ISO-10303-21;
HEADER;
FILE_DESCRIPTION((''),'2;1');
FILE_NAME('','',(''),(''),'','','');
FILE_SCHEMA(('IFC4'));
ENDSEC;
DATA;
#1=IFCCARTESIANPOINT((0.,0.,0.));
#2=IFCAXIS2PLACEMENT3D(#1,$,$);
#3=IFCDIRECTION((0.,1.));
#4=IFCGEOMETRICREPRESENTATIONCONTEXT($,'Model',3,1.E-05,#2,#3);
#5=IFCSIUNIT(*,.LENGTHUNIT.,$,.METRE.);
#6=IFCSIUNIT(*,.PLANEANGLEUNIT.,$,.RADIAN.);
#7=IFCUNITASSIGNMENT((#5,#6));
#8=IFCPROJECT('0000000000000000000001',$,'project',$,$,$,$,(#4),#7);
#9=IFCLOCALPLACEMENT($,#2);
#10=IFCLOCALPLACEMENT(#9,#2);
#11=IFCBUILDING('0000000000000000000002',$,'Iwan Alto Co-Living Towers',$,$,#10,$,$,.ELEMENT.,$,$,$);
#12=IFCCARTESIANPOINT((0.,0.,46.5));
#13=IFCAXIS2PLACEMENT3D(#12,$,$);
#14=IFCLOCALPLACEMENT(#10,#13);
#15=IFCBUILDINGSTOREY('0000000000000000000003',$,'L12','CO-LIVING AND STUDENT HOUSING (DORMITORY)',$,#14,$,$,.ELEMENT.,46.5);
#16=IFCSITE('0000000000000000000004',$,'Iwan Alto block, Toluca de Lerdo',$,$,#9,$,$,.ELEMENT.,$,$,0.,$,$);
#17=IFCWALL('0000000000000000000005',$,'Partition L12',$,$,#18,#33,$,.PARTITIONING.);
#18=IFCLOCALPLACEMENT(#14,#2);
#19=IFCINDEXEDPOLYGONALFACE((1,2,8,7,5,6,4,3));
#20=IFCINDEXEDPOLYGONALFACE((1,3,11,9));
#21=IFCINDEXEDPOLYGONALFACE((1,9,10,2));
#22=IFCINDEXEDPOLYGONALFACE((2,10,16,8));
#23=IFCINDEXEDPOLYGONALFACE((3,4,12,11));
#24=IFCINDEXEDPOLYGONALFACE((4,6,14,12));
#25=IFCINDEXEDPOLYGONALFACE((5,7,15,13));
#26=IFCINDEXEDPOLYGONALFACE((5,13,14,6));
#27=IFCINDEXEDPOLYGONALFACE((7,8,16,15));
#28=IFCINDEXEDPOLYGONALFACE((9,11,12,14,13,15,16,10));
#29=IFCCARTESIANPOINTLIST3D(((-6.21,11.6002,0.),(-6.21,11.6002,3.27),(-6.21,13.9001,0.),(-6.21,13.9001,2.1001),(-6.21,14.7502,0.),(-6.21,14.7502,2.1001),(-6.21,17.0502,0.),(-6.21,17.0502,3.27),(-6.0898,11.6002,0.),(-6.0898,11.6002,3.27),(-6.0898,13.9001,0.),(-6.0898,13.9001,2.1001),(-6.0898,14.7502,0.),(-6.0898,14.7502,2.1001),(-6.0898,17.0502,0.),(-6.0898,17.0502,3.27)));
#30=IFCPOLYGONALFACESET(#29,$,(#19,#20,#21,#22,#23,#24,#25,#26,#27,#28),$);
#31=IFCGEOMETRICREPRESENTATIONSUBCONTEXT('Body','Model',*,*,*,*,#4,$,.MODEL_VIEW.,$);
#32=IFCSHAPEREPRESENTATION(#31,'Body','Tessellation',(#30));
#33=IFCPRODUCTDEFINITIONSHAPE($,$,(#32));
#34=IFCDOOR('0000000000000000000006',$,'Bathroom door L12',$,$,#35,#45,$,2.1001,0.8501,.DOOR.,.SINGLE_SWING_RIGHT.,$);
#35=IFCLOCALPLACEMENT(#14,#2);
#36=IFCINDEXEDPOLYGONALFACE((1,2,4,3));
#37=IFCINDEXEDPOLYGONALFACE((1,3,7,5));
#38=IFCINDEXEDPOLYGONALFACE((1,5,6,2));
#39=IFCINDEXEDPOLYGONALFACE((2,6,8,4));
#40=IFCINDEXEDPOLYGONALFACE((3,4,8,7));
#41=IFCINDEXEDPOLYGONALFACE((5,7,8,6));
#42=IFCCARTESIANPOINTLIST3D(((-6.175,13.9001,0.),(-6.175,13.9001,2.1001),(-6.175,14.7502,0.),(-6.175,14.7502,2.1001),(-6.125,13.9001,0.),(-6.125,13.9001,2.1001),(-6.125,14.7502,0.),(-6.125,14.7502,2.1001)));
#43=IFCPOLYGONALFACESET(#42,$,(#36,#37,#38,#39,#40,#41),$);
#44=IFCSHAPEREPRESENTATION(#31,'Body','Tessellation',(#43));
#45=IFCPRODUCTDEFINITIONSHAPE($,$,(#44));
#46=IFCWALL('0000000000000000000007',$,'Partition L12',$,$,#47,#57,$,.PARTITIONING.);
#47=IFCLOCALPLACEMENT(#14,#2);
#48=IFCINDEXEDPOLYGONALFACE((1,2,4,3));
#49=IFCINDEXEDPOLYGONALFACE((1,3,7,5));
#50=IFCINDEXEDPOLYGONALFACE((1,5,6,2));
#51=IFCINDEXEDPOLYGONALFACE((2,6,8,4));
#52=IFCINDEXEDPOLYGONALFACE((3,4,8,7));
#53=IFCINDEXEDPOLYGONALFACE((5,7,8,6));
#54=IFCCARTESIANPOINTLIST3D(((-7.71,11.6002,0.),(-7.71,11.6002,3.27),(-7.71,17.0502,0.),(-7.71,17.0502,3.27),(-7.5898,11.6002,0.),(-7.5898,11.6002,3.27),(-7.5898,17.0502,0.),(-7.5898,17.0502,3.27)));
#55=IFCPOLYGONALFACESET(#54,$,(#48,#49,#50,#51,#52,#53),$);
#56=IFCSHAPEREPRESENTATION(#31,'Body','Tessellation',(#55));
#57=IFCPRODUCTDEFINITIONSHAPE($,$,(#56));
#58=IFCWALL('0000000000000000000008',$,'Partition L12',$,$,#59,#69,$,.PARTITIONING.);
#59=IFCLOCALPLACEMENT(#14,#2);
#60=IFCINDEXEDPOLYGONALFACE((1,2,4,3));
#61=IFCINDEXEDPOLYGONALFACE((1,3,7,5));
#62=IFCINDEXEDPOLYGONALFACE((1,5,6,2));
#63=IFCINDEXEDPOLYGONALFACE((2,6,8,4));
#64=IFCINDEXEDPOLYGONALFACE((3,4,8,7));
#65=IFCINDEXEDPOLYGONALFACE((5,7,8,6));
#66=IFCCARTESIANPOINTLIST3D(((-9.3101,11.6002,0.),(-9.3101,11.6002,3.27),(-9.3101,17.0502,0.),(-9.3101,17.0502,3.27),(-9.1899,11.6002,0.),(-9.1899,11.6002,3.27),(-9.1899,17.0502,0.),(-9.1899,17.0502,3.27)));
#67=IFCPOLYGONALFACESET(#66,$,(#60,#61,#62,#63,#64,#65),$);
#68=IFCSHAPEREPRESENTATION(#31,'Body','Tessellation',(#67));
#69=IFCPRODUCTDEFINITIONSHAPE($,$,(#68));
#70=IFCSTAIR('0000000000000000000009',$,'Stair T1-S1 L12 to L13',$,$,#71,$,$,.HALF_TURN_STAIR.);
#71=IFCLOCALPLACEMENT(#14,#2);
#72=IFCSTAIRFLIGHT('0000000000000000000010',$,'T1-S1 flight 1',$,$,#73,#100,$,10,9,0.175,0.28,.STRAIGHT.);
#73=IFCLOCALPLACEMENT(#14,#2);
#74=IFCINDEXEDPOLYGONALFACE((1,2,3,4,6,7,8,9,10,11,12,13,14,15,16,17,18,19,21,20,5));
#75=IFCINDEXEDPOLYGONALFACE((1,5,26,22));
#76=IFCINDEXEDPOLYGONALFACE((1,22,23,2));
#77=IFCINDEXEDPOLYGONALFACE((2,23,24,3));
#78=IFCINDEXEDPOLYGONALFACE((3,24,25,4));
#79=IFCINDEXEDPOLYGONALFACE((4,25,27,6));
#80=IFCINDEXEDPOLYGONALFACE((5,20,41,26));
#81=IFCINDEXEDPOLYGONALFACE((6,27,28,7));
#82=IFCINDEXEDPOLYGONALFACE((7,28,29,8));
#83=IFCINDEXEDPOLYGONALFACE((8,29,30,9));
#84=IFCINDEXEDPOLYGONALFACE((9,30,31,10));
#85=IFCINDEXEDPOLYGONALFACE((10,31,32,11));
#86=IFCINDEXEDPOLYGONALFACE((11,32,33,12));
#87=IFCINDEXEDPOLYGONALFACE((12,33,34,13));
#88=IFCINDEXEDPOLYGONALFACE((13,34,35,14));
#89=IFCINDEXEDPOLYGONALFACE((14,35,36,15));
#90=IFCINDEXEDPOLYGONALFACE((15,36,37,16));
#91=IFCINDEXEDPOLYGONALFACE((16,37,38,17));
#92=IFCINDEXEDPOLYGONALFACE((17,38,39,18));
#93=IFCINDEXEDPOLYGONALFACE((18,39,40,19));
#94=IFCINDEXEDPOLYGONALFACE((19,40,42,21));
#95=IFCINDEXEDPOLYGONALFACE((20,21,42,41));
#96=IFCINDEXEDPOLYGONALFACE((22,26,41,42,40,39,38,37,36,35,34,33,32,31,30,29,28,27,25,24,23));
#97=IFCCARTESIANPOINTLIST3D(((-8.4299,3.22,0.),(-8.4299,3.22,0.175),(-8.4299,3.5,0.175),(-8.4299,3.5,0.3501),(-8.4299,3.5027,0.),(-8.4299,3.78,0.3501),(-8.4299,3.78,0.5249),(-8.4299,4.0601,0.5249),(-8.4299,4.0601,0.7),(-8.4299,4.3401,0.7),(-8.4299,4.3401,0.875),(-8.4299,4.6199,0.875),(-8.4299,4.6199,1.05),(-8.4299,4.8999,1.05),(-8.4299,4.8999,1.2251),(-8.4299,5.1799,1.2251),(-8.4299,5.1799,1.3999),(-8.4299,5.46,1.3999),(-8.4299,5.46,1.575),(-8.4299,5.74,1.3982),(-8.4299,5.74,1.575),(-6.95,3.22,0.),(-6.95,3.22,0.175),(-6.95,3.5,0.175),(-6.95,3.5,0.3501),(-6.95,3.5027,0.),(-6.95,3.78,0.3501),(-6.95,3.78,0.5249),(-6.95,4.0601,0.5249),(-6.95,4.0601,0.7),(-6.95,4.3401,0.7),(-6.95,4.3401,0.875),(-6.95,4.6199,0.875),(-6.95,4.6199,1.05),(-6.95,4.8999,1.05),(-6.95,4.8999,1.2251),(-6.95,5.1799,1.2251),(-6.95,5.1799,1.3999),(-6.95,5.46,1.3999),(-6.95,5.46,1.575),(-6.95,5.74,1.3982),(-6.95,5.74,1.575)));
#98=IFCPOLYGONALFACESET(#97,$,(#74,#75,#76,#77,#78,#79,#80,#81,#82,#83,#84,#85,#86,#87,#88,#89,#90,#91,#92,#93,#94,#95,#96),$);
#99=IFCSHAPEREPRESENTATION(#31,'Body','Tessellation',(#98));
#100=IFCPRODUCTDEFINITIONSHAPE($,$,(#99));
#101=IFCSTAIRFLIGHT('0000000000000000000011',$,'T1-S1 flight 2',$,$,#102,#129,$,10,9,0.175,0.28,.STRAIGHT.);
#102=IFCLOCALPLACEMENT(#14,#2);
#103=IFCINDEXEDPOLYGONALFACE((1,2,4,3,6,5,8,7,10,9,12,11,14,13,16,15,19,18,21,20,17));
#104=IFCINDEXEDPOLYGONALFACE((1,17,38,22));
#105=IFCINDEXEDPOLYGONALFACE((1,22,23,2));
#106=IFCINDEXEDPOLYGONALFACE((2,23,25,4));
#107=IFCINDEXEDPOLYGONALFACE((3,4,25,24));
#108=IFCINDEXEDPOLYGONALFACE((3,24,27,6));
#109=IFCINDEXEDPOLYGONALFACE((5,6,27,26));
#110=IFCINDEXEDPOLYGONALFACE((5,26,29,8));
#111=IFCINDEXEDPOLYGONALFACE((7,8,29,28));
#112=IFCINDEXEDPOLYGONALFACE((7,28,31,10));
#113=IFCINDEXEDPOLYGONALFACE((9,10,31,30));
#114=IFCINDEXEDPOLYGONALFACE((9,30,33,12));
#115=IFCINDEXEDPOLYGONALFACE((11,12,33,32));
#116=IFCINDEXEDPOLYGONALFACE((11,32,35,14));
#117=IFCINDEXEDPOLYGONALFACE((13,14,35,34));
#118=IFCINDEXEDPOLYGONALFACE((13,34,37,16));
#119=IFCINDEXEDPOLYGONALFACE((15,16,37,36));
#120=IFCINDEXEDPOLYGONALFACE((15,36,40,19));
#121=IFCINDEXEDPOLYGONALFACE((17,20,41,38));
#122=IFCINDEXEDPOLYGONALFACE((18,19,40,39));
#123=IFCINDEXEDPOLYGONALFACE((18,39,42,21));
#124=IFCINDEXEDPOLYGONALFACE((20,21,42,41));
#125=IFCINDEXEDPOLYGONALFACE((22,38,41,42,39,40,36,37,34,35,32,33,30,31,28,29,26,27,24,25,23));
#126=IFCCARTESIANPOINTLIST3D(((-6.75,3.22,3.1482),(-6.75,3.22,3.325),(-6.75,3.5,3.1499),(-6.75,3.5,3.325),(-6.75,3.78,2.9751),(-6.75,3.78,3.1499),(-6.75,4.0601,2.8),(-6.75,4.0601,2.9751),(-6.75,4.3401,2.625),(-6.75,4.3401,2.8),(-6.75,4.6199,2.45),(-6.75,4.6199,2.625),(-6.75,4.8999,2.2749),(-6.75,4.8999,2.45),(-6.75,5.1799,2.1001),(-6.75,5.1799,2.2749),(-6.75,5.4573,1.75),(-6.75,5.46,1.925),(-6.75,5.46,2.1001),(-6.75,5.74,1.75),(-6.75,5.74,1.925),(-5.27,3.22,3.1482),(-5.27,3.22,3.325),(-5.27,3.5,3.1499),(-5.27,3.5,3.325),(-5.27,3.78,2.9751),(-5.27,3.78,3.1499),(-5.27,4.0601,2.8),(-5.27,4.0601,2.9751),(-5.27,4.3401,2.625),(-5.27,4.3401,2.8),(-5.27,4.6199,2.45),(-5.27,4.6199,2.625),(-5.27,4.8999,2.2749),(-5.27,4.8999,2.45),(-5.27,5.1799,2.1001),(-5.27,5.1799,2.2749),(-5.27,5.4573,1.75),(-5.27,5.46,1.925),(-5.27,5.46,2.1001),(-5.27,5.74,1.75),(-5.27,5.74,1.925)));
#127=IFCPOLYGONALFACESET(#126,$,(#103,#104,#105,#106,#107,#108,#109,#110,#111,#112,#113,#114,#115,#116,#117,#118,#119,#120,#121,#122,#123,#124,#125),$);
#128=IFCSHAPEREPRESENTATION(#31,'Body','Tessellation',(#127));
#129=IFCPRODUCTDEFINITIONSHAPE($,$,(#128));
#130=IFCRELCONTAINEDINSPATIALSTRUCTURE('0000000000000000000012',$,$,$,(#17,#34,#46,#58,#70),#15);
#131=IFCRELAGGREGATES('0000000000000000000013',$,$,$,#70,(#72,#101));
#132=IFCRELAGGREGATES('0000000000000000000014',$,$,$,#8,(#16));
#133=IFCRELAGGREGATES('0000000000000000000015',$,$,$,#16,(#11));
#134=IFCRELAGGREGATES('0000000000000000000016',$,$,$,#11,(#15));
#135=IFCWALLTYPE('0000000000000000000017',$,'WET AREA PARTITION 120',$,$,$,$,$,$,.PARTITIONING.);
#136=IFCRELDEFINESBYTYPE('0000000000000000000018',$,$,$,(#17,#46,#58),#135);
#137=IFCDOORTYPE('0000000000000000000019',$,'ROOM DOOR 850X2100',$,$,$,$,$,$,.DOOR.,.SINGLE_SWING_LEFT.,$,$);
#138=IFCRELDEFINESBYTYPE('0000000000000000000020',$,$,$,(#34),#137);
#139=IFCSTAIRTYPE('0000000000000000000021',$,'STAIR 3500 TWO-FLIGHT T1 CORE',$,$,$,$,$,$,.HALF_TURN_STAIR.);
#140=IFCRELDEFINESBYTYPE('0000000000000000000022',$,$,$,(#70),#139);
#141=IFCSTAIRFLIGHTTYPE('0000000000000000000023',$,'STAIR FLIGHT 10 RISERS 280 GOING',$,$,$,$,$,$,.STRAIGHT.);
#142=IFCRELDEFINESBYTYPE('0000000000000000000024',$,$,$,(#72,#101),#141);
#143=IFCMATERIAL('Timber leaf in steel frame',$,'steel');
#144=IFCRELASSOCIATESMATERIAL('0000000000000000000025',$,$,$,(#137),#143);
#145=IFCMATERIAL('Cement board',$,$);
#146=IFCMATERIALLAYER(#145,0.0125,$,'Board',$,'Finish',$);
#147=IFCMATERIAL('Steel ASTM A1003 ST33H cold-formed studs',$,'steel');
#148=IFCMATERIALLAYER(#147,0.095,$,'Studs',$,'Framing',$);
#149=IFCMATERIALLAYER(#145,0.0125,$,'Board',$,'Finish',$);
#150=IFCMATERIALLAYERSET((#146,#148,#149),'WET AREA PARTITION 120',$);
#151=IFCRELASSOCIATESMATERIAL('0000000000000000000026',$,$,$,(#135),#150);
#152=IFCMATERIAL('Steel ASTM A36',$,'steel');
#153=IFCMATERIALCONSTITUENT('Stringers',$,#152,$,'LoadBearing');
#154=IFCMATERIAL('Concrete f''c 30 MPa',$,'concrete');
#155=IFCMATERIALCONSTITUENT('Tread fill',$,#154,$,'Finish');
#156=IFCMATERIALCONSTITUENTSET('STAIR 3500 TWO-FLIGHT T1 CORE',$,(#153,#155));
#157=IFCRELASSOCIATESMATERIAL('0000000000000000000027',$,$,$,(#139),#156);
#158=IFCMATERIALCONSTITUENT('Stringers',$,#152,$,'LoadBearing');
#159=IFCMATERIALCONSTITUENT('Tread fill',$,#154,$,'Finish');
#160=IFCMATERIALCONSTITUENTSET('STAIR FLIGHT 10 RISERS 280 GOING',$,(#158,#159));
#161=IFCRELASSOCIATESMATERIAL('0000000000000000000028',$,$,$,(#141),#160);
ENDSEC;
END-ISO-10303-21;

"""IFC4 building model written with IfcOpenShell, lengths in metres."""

from ifc_helpers import new_model, si_unit, direction, frame, frame_2d, origin, place, context, subcontext, project, spatial, polyline, rectangle, outline, extrude, material, layer, layer_set, constituent, constituent_set, type_object, element, fill, aggregate, save


model = new_model("IFC4")

# Units and contexts
model_context = context("Model", 3, precision=1e-05, world=origin(), true_north=direction((0.0, 1.0)))
body_context = subcontext(model_context, "Body", "Model", "MODEL_VIEW")
ifc_project = project(units=[si_unit("LENGTHUNIT", "METRE"), si_unit("PLANEANGLEUNIT", "RADIAN")], contexts=[model_context])

# Site, building, storey
site_placement = place(None, origin())
site = spatial("IfcSite", under=ifc_project, at=site_placement, Name="Iwan Alto block, Toluca de Lerdo", CompositionType="ELEMENT", RefElevation=0.0)
building_placement = place(site_placement, origin())
building = spatial("IfcBuilding", under=site, at=building_placement, Name="Iwan Alto Co-Living Towers", CompositionType="ELEMENT")
storey_placement = place(building_placement, frame((0.0, 0.0, 46.5)))
storey = spatial("IfcBuildingStorey", under=building, at=storey_placement, Name="L12", Description="CO-LIVING AND STUDENT HOUSING (DORMITORY)", CompositionType="ELEMENT", Elevation=46.5)

# Shared definitions
ifc_material_1 = material(Name="Steel ASTM A1003 ST33H cold-formed studs", Category="steel")

# Shared definitions
ifc_material_2 = material(Name="Timber leaf in steel frame", Category="steel")
door_type_1 = type_object("IfcDoorType", Name="ROOM DOOR 850X2100", OperationType="SINGLE_SWING_LEFT", PredefinedType="DOOR", material=ifc_material_2)

# Wall, opening, door
ifc_material_3 = material(Name="Cement board")
ifc_layer_1 = layer(ifc_material_3, 0.0125, Name="Board", Category="Finish")
ifc_layer_2 = layer(ifc_material_1, 0.095, Name="Studs", Category="Framing")
ifc_layer_3 = layer(ifc_material_3, 0.0125, Name="Board", Category="Finish")
ifc_layer_set_1 = layer_set([ifc_layer_1, ifc_layer_2, ifc_layer_3], Name="WET AREA PARTITION 120")
wall_type_1 = type_object("IfcWallType", Name="WET AREA PARTITION 120", PredefinedType="PARTITIONING", material=ifc_layer_set_1)
wall_1_placement = place(storey_placement, frame((-6.1499, 11.6001, 0.0), z_axis=(0.0, 0.0, 1.0), x_axis=(0.0, 1.0, 0.0)))
wall_1 = element("IfcWall", 1, at=wall_1_placement, inside=storey, type_object=wall_type_1, Name="Partition L12", PredefinedType="PARTITIONING", context=body_context, shape_type="SweptSolid", body=[
    extrude(rectangle(XDim=5.45, YDim=0.1201, at=frame_2d((2.7251, 0.0))), origin(), (0.0, 0.0, 1.0), 3.27),
])
opening_1_placement = place(wall_1_placement, frame((2.3, 0.0, 0.0)))
opening_1 = element("IfcOpeningElement", 2, at=opening_1_placement, cuts=wall_1, PredefinedType="OPENING", context=body_context, shape_type="SweptSolid", body=[
    extrude(rectangle(XDim=0.8501, YDim=2.1001, at=frame_2d((0.425, 1.05))), frame((0.0, 0.0701, 0.0), z_axis=(0.0, -1.0, 0.0), x_axis=(1.0, 0.0, 0.0)), (0.0, 0.0, 1.0), 0.1401),
])
door_1_placement = place(opening_1_placement, frame((0.8501, 0.0, 0.0), z_axis=(0.0, 0.0, 1.0), x_axis=(-1.0, 0.0, 0.0)))
door_1 = element("IfcDoor", 3, at=door_1_placement, inside=storey, type_object=door_type_1, Name="Bathroom door L12", OperationType="SINGLE_SWING_RIGHT", OverallHeight=2.1001, OverallWidth=0.8501, PredefinedType="DOOR", context=body_context, shape_type="SweptSolid", body=[
    extrude(rectangle(XDim=0.8501, YDim=2.1001, at=frame_2d((0.425, 1.05))), frame((0.0, 0.0249, 0.0), z_axis=(0.0, -1.0, 0.0), x_axis=(1.0, 0.0, 0.0)), (0.0, 0.0, 1.0), 0.05),
])
fill(opening_1, door_1)

# Walls
for number, where, z_axis, x_axis, name in (
    (4, (-7.6499, 11.6001, 0.0), (0.0, 0.0, 1.0), (0.0, 1.0, 0.0), "Partition L12"),
    (5, (-9.25, 11.6001, 0.0), (0.0, 0.0, 1.0), (0.0, 1.0, 0.0), "Partition L12"),
):
    element("IfcWall", number, at=place(storey_placement, frame(where, z_axis=z_axis, x_axis=x_axis)), inside=storey, type_object=wall_type_1, Name=name, PredefinedType="PARTITIONING", context=body_context, shape_type="SweptSolid", body=[
        extrude(rectangle(XDim=5.45, YDim=0.1201, at=frame_2d((2.7251, 0.0))), origin(), (0.0, 0.0, 1.0), 3.27),
    ])

# Stair, stair flights
ifc_material_4 = material(Name="Steel ASTM A36", Category="steel")
ifc_constituent_1 = constituent(ifc_material_4, Name="Stringers", Category="LoadBearing")
ifc_material_5 = material(Name="Concrete f'c 30 MPa", Category="concrete")
ifc_constituent_2 = constituent(ifc_material_5, Name="Tread fill", Category="Finish")
ifc_constituent_set_1 = constituent_set(constituents=[ifc_constituent_1, ifc_constituent_2], Name="STAIR 3500 TWO-FLIGHT T1 CORE")
stair_type = type_object("IfcStairType", Name="STAIR 3500 TWO-FLIGHT T1 CORE", PredefinedType="HALF_TURN_STAIR", material=ifc_constituent_set_1)
stair_placement = place(storey_placement, origin())
stair = element("IfcStair", 6, at=stair_placement, inside=storey, type_object=stair_type, Name="Stair T1-S1 L12 to L13", PredefinedType="HALF_TURN_STAIR")
ifc_constituent_3 = constituent(ifc_material_4, Name="Stringers", Category="LoadBearing")
ifc_constituent_4 = constituent(ifc_material_5, Name="Tread fill", Category="Finish")
ifc_constituent_set_2 = constituent_set(constituents=[ifc_constituent_3, ifc_constituent_4], Name="STAIR FLIGHT 10 RISERS 280 GOING")
stair_flight_type = type_object("IfcStairFlightType", Name="STAIR FLIGHT 10 RISERS 280 GOING", PredefinedType="STRAIGHT", material=ifc_constituent_set_2)
stair_flight_1_placement = place(storey_placement, frame((-7.6899, 3.22, 0.0), z_axis=(0.0, 0.0, 1.0), x_axis=(0.0, 1.0, 0.0)))
stair_flight_1 = element("IfcStairFlight", 7, at=stair_flight_1_placement, type_object=stair_flight_type, Name="T1-S1 flight 1", NumberOfRisers=10, NumberOfTreads=9, PredefinedType="STRAIGHT", RiserHeight=0.175, TreadLength=0.28, context=body_context, shape_type="SweptSolid", body=[
    extrude(outline(polyline([(0.0, 0.0), (0.0, 0.175), (0.28, 0.175), (0.28, 0.3501), (0.5601, 0.3501), (0.5601, 0.5249), (0.8401, 0.5249), (0.8401, 0.7), (1.1201, 0.7), (1.1201, 0.875), (1.3999, 0.875), (1.3999, 1.05), (1.6799, 1.05), (1.6799, 1.2251), (1.96, 1.2251), (1.96, 1.3999), (2.24, 1.3999), (2.24, 1.575), (2.52, 1.575), (2.52, 1.75), (2.52, 1.3982), (0.2827, 0.0), (0.0, 0.0)])), frame((0.0, 0.74, 0.0), z_axis=(0.0, -1.0, 0.0), x_axis=(1.0, 0.0, 0.0)), (0.0, 0.0, 1.0), 1.48),
])
stair_flight_2_placement = place(storey_placement, frame((-6.01, 5.74, 1.75), z_axis=(0.0, 0.0, 1.0), x_axis=(0.0, -1.0, 0.0)))
stair_flight_2 = element("IfcStairFlight", 8, at=stair_flight_2_placement, type_object=stair_flight_type, Name="T1-S1 flight 2", NumberOfRisers=10, NumberOfTreads=9, PredefinedType="STRAIGHT", RiserHeight=0.175, TreadLength=0.28, context=body_context, shape_type="SweptSolid", body=[
    extrude(outline(polyline([(0.0, 0.0), (0.0, 0.175), (0.28, 0.175), (0.28, 0.3501), (0.5601, 0.3501), (0.5601, 0.5249), (0.8401, 0.5249), (0.8401, 0.7), (1.1201, 0.7), (1.1201, 0.875), (1.3999, 0.875), (1.3999, 1.05), (1.6799, 1.05), (1.6799, 1.2251), (1.96, 1.2251), (1.96, 1.3999), (2.24, 1.3999), (2.24, 1.575), (2.52, 1.575), (2.52, 1.75), (2.52, 1.3982), (0.2827, 0.0), (0.0, 0.0)])), frame((0.0, 0.74, 0.0), z_axis=(0.0, -1.0, 0.0), x_axis=(1.0, 0.0, 0.0)), (0.0, 0.0, 1.0), 1.48),
])
aggregate(stair, [stair_flight_1, stair_flight_2])

save(model, "model.ifc")
